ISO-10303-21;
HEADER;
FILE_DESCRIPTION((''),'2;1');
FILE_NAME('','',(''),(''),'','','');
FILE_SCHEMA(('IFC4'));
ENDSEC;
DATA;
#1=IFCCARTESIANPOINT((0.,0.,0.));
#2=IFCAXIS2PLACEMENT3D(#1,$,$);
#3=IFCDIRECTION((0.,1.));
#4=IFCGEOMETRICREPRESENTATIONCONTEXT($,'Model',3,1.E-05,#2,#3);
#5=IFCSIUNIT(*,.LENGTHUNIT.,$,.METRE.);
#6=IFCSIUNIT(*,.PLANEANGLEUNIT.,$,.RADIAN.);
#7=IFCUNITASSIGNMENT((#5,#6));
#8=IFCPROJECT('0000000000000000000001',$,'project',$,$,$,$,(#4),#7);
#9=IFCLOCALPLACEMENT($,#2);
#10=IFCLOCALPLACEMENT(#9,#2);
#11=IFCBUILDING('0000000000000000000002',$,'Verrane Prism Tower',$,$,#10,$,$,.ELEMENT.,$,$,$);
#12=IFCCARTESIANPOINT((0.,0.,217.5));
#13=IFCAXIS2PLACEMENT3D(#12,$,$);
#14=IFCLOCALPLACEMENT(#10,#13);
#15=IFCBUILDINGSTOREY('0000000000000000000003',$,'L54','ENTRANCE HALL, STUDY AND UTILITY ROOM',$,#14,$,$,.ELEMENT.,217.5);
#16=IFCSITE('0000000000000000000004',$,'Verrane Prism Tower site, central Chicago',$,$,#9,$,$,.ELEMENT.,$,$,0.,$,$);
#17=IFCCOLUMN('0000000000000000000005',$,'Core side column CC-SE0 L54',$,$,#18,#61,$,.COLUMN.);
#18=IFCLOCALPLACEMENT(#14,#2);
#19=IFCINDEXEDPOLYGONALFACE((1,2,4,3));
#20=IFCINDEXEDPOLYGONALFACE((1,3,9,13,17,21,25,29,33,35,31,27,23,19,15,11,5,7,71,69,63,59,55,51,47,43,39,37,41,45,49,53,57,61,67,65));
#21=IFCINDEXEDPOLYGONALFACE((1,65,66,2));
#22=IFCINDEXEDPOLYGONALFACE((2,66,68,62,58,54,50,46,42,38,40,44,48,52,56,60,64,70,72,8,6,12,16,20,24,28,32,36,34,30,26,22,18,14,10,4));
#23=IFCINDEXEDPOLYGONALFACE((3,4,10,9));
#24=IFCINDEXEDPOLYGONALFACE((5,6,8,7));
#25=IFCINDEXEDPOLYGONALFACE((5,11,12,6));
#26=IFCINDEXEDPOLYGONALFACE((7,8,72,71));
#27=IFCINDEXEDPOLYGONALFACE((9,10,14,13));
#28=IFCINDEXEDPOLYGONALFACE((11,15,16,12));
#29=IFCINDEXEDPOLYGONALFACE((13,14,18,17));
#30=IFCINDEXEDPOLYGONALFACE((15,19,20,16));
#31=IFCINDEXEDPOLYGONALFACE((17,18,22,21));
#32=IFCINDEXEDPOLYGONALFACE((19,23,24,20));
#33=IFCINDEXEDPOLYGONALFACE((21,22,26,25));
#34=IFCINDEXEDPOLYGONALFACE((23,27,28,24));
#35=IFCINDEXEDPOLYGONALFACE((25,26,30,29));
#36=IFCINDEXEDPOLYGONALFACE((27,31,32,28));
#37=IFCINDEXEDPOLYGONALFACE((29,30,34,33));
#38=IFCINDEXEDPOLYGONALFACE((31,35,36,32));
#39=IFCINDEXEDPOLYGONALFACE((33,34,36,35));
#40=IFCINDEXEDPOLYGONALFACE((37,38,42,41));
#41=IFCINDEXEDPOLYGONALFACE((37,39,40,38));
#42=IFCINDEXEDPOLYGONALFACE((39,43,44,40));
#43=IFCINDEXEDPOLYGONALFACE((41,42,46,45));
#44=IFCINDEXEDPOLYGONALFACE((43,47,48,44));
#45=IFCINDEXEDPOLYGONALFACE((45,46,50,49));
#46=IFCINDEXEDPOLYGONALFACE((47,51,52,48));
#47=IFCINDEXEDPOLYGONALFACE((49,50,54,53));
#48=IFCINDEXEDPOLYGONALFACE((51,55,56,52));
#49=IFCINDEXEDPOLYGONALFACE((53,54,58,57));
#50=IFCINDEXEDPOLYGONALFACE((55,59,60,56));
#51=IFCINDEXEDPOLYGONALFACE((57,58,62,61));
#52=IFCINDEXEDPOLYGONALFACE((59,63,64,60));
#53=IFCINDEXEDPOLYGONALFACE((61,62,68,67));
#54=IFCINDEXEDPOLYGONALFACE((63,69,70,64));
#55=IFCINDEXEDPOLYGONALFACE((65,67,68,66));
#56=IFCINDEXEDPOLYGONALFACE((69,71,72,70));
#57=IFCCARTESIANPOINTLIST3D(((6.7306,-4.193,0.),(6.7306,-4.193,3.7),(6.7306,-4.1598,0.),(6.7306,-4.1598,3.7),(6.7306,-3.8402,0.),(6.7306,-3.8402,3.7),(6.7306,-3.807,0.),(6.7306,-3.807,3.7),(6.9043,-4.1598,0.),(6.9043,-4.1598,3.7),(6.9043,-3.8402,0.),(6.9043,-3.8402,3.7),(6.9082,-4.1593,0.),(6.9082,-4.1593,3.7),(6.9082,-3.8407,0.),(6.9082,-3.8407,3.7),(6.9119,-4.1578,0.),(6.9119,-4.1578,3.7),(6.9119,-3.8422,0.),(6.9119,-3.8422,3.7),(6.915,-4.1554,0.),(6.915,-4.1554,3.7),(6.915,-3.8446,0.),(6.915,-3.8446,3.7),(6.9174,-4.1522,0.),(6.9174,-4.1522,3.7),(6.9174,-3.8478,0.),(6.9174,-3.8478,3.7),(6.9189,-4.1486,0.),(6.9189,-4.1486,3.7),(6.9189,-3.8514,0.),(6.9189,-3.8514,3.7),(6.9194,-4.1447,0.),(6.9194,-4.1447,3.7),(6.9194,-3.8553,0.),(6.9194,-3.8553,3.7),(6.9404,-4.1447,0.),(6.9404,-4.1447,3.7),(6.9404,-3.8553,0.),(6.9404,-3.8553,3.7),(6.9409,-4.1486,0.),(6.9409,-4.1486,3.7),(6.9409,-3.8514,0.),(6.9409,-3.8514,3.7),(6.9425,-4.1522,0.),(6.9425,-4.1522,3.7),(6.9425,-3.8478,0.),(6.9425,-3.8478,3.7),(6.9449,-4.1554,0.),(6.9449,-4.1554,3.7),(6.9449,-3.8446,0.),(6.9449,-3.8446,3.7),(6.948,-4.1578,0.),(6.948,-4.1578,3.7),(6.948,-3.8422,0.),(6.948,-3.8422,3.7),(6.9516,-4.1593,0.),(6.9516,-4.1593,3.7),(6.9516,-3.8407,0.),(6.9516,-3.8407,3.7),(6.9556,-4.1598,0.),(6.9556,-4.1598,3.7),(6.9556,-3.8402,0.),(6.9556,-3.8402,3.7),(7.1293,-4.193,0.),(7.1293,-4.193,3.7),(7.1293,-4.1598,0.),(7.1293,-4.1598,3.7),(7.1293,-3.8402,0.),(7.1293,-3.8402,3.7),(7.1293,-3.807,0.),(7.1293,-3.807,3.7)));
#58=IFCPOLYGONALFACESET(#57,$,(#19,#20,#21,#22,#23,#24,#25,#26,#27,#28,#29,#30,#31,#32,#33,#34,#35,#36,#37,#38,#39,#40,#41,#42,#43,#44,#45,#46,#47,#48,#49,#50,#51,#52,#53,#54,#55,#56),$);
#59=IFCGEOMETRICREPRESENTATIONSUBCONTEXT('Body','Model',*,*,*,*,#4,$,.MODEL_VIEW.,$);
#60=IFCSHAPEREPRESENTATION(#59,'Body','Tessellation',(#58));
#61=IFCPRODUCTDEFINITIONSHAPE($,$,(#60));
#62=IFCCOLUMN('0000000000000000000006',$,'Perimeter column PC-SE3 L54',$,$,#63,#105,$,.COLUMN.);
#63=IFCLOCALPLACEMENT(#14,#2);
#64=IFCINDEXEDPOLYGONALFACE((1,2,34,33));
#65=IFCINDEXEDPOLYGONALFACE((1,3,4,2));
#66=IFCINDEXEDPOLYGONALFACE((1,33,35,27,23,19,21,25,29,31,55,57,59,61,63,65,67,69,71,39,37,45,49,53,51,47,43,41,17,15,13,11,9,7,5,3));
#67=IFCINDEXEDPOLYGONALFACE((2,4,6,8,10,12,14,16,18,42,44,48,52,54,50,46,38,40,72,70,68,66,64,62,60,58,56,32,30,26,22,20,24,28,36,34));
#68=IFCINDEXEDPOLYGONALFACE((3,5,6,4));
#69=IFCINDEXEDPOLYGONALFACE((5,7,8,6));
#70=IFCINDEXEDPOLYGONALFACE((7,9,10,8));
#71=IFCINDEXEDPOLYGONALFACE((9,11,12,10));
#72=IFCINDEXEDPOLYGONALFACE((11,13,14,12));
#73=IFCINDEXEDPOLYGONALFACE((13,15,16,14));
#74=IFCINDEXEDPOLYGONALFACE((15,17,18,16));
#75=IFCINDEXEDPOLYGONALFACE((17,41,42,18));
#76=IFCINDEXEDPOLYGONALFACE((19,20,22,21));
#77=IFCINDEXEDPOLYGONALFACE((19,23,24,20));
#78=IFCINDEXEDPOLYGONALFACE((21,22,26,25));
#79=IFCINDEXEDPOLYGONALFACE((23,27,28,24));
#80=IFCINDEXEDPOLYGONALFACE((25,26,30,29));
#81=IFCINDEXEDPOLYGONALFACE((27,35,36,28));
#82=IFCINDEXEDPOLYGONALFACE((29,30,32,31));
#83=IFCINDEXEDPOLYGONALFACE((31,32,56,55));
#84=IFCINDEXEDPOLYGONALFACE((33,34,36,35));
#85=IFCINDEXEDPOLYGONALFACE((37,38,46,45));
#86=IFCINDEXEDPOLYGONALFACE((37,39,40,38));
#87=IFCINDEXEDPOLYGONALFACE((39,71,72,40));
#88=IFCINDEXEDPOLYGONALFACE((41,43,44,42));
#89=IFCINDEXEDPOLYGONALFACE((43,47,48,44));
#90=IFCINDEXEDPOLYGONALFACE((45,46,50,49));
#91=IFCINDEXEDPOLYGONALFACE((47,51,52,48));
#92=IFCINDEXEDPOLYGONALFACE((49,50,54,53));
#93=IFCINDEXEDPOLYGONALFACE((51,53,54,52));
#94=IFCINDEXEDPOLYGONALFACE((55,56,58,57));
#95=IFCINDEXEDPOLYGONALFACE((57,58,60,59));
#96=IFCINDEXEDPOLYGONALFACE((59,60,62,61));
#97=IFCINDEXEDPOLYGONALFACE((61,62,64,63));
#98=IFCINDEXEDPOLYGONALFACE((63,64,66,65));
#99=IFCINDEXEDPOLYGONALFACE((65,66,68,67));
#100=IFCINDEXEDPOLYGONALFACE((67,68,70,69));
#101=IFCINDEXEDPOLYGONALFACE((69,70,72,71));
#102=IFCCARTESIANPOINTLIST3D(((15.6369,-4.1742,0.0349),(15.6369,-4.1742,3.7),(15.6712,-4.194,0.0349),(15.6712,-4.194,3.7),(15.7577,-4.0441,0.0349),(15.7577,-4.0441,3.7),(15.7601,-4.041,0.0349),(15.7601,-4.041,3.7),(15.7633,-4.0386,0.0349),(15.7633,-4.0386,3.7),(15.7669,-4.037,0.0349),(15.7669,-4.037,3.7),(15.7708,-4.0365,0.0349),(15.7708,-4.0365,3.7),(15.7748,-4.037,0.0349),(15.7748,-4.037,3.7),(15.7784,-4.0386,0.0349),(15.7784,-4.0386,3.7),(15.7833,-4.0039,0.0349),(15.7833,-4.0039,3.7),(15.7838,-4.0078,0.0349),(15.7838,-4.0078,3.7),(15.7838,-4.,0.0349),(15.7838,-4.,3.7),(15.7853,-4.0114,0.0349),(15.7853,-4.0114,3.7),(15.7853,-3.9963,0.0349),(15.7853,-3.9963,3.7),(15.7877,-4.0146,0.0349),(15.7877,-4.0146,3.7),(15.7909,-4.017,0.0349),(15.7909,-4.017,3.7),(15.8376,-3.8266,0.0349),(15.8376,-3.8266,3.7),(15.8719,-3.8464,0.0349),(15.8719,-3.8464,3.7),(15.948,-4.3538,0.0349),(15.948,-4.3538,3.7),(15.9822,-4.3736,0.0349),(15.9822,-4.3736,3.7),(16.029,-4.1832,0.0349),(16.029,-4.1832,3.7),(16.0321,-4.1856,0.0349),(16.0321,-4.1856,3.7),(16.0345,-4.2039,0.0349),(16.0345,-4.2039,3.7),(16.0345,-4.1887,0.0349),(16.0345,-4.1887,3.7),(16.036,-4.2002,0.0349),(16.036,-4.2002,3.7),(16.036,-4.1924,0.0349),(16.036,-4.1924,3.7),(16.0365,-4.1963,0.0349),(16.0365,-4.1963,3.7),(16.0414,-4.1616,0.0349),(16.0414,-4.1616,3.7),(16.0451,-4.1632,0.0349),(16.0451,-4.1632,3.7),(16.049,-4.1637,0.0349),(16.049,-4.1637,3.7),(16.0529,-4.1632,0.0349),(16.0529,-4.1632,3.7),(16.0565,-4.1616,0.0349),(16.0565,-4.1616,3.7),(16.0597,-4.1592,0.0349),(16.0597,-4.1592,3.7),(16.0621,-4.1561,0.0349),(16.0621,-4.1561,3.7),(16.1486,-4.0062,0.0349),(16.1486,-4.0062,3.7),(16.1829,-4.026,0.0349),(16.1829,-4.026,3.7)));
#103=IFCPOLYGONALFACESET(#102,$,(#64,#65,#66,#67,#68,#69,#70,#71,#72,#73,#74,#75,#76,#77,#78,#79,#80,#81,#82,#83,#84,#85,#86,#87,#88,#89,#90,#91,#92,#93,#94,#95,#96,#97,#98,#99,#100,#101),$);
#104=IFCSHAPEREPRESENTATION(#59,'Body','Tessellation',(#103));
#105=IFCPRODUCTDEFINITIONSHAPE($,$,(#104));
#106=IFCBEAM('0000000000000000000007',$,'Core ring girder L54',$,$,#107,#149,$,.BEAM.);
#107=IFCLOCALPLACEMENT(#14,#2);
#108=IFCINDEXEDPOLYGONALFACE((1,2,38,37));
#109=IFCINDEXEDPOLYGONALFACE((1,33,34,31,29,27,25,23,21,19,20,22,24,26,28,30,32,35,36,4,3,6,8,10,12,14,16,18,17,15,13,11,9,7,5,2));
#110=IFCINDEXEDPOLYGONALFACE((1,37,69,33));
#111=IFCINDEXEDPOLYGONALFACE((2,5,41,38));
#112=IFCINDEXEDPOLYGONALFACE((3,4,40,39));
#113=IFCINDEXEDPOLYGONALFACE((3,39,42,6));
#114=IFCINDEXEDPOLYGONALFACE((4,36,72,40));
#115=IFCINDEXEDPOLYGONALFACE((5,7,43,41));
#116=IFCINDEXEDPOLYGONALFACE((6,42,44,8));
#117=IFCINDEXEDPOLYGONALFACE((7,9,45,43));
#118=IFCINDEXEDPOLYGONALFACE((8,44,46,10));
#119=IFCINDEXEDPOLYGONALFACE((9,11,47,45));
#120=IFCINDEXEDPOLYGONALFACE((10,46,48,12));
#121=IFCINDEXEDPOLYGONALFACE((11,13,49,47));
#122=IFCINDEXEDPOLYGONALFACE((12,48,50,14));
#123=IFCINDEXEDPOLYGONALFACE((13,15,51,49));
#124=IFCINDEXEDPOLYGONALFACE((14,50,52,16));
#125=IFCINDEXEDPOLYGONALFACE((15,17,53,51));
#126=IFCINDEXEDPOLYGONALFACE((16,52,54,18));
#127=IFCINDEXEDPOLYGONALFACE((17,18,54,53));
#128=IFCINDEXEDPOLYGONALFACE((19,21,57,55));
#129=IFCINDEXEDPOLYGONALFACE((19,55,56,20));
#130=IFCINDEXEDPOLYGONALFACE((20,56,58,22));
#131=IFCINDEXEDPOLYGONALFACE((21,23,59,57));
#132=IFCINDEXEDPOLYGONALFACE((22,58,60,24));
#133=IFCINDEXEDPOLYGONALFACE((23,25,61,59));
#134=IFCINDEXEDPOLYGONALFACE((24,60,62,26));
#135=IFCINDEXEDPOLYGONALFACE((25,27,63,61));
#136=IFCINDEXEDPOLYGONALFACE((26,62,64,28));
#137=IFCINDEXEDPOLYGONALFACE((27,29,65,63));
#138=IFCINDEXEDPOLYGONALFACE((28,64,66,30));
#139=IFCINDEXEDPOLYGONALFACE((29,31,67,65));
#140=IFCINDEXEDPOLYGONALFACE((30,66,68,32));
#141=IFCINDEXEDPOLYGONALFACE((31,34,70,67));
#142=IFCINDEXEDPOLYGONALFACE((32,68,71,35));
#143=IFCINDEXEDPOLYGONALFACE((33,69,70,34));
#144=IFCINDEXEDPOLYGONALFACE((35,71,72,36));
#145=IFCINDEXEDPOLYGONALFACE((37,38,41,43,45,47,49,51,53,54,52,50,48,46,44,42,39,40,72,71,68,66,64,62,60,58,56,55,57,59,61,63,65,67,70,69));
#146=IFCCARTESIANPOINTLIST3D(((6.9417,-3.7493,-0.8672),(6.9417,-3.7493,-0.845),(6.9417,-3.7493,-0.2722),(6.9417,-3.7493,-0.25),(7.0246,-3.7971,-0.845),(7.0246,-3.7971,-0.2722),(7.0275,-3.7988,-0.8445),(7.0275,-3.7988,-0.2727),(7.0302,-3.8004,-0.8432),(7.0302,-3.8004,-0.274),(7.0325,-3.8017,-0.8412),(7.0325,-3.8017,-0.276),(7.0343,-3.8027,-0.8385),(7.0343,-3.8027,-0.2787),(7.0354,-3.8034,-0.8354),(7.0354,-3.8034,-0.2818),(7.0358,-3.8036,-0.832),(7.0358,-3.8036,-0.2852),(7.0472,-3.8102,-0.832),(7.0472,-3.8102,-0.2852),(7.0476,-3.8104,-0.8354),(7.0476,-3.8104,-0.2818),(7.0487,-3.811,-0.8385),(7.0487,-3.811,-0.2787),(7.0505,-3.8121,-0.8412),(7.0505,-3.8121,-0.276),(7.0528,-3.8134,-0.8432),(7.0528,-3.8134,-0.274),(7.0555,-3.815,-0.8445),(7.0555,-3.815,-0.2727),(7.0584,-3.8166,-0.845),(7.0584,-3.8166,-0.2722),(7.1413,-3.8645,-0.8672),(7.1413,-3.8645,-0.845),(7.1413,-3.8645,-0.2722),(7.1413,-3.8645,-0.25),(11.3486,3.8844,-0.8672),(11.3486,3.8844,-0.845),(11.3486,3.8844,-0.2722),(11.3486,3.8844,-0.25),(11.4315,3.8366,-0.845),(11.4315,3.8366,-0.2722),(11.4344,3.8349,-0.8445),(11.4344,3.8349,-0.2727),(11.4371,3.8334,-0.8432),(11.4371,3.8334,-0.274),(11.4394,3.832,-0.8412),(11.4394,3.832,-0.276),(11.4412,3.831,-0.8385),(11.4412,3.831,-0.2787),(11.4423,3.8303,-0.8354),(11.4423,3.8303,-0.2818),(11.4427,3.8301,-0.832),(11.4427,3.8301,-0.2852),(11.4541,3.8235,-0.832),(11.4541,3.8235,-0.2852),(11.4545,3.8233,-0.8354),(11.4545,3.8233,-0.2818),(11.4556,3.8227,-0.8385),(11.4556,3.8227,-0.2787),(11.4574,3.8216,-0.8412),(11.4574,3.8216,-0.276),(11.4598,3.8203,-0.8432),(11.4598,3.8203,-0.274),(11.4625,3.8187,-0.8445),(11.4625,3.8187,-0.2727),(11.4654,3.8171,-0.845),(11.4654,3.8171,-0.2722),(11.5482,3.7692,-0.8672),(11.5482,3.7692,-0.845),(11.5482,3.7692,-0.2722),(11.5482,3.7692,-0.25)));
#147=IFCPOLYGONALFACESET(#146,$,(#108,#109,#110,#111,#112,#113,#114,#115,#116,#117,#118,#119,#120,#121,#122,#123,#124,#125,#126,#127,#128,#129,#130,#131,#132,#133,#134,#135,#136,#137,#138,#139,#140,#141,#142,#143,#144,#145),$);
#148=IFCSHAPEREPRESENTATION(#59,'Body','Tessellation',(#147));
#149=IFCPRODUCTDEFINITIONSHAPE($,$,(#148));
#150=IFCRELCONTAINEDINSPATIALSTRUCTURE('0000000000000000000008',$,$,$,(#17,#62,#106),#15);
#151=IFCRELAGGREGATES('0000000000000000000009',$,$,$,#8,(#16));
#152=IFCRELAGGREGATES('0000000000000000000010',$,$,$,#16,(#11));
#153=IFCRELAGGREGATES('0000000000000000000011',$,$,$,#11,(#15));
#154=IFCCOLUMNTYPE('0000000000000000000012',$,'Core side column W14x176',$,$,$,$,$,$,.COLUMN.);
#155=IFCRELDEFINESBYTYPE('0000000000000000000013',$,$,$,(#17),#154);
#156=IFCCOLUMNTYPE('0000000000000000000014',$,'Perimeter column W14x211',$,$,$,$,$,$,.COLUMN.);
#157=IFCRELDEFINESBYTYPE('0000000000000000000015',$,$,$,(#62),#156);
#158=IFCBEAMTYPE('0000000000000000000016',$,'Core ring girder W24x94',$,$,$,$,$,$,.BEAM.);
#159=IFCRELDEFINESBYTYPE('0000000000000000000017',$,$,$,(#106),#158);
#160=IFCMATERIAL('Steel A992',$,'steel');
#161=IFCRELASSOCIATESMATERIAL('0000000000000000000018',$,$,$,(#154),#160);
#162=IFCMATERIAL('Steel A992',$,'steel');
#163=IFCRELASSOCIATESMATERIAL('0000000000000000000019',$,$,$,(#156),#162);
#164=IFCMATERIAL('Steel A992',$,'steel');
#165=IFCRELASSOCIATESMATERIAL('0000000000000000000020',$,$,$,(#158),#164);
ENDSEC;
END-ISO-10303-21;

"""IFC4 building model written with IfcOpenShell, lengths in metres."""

from ifc_helpers import new_model, si_unit, direction, frame, origin, origin_2d, place, context, subcontext, project, spatial, i_section, extrude, material, material_profile, profile_set, type_object, element, save


model = new_model("IFC4")

# Units and contexts
model_context = context("Model", 3, precision=1e-05, world=origin(), true_north=direction((0.0, 1.0)))
body_context = subcontext(model_context, "Body", "Model", "MODEL_VIEW")
ifc_project = project(units=[si_unit("LENGTHUNIT", "METRE"), si_unit("PLANEANGLEUNIT", "RADIAN")], contexts=[model_context])

# Site, building, storey
site_placement = place(None, origin())
site = spatial("IfcSite", under=ifc_project, at=site_placement, Name="Verrane Prism Tower site, central Chicago", CompositionType="ELEMENT", RefElevation=0.0)
building_placement = place(site_placement, origin())
building = spatial("IfcBuilding", under=site, at=building_placement, Name="Verrane Prism Tower", CompositionType="ELEMENT")
storey_placement = place(building_placement, frame((0.0, 0.0, 217.5)))
storey = spatial("IfcBuildingStorey", under=building, at=storey_placement, Name="L54", Description="ENTRANCE HALL, STUDY AND UTILITY ROOM", CompositionType="ELEMENT", Elevation=217.5)

# Columns
ifc_material_1 = material(Name="Steel A992", Category="steel")
ifc_material_profile_1 = material_profile(ifc_material_1, i_section(OverallWidth=0.3987, OverallDepth=0.386, WebThickness=0.021, FlangeThickness=0.0332, FilletRadius=0.0151, at=origin_2d()), Name="W14x176")
ifc_profile_set_1 = profile_set([ifc_material_profile_1], Name="Steel A992")
column_type_1 = type_object("IfcColumnType", Name="Core side column W14x176", PredefinedType="COLUMN", material=ifc_profile_set_1)
column_1_placement = place(storey_placement, frame((6.9299, -4.0, 0.0), z_axis=(0.0, 0.0, 1.0), x_axis=(1.0, 0.0, 0.0)))
element("IfcColumn", 1, at=column_1_placement, inside=storey, type_object=column_type_1, Name="Core side column CC-SE0 L54", PredefinedType="COLUMN", context=body_context, shape_type="SweptSolid", body=[
    extrude(i_section(OverallWidth=0.3987, OverallDepth=0.386, WebThickness=0.021, FlangeThickness=0.0332, FilletRadius=0.0151, at=origin_2d()), origin(), (0.0, 0.0, 1.0), 3.7),
])
ifc_material_2 = material(Name="Steel A992", Category="steel")
ifc_material_profile_2 = material_profile(ifc_material_2, i_section(OverallWidth=0.4014, OverallDepth=0.3987, WebThickness=0.0249, FlangeThickness=0.0396, FilletRadius=0.0151, at=origin_2d()), Name="W14x211")
ifc_profile_set_2 = profile_set([ifc_material_profile_2], Name="Steel A992")
column_type_2 = type_object("IfcColumnType", Name="Perimeter column W14x211", PredefinedType="COLUMN", material=ifc_profile_set_2)
column_2_placement = place(storey_placement, frame((15.9099, -4.1001, 0.0349), z_axis=(0.0, 0.0, 1.0), x_axis=(-0.5, -0.866025, 0.0)))
element("IfcColumn", 2, at=column_2_placement, inside=storey, type_object=column_type_2, Name="Perimeter column PC-SE3 L54", PredefinedType="COLUMN", context=body_context, shape_type="SweptSolid", body=[
    extrude(i_section(OverallWidth=0.4014, OverallDepth=0.3987, WebThickness=0.0249, FlangeThickness=0.0396, FilletRadius=0.0151, at=origin_2d()), origin(), (0.0, 0.0, 1.0), 3.665),
])

# Beam
ifc_material_3 = material(Name="Steel A992", Category="steel")
ifc_material_profile_3 = material_profile(ifc_material_3, i_section(OverallWidth=0.2305, OverallDepth=0.6172, WebThickness=0.0132, FlangeThickness=0.0222, FilletRadius=0.0129, at=origin_2d()), Name="W24x94")
ifc_profile_set_3 = profile_set([ifc_material_profile_3], Name="Steel A992")
beam_type_1 = type_object("IfcBeamType", Name="Core ring girder W24x94", PredefinedType="BEAM", material=ifc_profile_set_3)
beam_1_placement = place(storey_placement, frame((7.0415, -3.8069, -0.5586), z_axis=(0.499967, 0.866044, 0.0), x_axis=(-0.866044, 0.499967, 0.0)))
element("IfcBeam", 3, at=beam_1_placement, inside=storey, type_object=beam_type_1, Name="Core ring girder L54", PredefinedType="BEAM", context=body_context, shape_type="SweptSolid", body=[
    extrude(i_section(OverallWidth=0.2305, OverallDepth=0.6172, WebThickness=0.0132, FlangeThickness=0.0222, FilletRadius=0.0129, at=origin_2d()), origin(), (0.0, 0.0, 1.0), 8.8145),
])

save(model, "model.ifc")
